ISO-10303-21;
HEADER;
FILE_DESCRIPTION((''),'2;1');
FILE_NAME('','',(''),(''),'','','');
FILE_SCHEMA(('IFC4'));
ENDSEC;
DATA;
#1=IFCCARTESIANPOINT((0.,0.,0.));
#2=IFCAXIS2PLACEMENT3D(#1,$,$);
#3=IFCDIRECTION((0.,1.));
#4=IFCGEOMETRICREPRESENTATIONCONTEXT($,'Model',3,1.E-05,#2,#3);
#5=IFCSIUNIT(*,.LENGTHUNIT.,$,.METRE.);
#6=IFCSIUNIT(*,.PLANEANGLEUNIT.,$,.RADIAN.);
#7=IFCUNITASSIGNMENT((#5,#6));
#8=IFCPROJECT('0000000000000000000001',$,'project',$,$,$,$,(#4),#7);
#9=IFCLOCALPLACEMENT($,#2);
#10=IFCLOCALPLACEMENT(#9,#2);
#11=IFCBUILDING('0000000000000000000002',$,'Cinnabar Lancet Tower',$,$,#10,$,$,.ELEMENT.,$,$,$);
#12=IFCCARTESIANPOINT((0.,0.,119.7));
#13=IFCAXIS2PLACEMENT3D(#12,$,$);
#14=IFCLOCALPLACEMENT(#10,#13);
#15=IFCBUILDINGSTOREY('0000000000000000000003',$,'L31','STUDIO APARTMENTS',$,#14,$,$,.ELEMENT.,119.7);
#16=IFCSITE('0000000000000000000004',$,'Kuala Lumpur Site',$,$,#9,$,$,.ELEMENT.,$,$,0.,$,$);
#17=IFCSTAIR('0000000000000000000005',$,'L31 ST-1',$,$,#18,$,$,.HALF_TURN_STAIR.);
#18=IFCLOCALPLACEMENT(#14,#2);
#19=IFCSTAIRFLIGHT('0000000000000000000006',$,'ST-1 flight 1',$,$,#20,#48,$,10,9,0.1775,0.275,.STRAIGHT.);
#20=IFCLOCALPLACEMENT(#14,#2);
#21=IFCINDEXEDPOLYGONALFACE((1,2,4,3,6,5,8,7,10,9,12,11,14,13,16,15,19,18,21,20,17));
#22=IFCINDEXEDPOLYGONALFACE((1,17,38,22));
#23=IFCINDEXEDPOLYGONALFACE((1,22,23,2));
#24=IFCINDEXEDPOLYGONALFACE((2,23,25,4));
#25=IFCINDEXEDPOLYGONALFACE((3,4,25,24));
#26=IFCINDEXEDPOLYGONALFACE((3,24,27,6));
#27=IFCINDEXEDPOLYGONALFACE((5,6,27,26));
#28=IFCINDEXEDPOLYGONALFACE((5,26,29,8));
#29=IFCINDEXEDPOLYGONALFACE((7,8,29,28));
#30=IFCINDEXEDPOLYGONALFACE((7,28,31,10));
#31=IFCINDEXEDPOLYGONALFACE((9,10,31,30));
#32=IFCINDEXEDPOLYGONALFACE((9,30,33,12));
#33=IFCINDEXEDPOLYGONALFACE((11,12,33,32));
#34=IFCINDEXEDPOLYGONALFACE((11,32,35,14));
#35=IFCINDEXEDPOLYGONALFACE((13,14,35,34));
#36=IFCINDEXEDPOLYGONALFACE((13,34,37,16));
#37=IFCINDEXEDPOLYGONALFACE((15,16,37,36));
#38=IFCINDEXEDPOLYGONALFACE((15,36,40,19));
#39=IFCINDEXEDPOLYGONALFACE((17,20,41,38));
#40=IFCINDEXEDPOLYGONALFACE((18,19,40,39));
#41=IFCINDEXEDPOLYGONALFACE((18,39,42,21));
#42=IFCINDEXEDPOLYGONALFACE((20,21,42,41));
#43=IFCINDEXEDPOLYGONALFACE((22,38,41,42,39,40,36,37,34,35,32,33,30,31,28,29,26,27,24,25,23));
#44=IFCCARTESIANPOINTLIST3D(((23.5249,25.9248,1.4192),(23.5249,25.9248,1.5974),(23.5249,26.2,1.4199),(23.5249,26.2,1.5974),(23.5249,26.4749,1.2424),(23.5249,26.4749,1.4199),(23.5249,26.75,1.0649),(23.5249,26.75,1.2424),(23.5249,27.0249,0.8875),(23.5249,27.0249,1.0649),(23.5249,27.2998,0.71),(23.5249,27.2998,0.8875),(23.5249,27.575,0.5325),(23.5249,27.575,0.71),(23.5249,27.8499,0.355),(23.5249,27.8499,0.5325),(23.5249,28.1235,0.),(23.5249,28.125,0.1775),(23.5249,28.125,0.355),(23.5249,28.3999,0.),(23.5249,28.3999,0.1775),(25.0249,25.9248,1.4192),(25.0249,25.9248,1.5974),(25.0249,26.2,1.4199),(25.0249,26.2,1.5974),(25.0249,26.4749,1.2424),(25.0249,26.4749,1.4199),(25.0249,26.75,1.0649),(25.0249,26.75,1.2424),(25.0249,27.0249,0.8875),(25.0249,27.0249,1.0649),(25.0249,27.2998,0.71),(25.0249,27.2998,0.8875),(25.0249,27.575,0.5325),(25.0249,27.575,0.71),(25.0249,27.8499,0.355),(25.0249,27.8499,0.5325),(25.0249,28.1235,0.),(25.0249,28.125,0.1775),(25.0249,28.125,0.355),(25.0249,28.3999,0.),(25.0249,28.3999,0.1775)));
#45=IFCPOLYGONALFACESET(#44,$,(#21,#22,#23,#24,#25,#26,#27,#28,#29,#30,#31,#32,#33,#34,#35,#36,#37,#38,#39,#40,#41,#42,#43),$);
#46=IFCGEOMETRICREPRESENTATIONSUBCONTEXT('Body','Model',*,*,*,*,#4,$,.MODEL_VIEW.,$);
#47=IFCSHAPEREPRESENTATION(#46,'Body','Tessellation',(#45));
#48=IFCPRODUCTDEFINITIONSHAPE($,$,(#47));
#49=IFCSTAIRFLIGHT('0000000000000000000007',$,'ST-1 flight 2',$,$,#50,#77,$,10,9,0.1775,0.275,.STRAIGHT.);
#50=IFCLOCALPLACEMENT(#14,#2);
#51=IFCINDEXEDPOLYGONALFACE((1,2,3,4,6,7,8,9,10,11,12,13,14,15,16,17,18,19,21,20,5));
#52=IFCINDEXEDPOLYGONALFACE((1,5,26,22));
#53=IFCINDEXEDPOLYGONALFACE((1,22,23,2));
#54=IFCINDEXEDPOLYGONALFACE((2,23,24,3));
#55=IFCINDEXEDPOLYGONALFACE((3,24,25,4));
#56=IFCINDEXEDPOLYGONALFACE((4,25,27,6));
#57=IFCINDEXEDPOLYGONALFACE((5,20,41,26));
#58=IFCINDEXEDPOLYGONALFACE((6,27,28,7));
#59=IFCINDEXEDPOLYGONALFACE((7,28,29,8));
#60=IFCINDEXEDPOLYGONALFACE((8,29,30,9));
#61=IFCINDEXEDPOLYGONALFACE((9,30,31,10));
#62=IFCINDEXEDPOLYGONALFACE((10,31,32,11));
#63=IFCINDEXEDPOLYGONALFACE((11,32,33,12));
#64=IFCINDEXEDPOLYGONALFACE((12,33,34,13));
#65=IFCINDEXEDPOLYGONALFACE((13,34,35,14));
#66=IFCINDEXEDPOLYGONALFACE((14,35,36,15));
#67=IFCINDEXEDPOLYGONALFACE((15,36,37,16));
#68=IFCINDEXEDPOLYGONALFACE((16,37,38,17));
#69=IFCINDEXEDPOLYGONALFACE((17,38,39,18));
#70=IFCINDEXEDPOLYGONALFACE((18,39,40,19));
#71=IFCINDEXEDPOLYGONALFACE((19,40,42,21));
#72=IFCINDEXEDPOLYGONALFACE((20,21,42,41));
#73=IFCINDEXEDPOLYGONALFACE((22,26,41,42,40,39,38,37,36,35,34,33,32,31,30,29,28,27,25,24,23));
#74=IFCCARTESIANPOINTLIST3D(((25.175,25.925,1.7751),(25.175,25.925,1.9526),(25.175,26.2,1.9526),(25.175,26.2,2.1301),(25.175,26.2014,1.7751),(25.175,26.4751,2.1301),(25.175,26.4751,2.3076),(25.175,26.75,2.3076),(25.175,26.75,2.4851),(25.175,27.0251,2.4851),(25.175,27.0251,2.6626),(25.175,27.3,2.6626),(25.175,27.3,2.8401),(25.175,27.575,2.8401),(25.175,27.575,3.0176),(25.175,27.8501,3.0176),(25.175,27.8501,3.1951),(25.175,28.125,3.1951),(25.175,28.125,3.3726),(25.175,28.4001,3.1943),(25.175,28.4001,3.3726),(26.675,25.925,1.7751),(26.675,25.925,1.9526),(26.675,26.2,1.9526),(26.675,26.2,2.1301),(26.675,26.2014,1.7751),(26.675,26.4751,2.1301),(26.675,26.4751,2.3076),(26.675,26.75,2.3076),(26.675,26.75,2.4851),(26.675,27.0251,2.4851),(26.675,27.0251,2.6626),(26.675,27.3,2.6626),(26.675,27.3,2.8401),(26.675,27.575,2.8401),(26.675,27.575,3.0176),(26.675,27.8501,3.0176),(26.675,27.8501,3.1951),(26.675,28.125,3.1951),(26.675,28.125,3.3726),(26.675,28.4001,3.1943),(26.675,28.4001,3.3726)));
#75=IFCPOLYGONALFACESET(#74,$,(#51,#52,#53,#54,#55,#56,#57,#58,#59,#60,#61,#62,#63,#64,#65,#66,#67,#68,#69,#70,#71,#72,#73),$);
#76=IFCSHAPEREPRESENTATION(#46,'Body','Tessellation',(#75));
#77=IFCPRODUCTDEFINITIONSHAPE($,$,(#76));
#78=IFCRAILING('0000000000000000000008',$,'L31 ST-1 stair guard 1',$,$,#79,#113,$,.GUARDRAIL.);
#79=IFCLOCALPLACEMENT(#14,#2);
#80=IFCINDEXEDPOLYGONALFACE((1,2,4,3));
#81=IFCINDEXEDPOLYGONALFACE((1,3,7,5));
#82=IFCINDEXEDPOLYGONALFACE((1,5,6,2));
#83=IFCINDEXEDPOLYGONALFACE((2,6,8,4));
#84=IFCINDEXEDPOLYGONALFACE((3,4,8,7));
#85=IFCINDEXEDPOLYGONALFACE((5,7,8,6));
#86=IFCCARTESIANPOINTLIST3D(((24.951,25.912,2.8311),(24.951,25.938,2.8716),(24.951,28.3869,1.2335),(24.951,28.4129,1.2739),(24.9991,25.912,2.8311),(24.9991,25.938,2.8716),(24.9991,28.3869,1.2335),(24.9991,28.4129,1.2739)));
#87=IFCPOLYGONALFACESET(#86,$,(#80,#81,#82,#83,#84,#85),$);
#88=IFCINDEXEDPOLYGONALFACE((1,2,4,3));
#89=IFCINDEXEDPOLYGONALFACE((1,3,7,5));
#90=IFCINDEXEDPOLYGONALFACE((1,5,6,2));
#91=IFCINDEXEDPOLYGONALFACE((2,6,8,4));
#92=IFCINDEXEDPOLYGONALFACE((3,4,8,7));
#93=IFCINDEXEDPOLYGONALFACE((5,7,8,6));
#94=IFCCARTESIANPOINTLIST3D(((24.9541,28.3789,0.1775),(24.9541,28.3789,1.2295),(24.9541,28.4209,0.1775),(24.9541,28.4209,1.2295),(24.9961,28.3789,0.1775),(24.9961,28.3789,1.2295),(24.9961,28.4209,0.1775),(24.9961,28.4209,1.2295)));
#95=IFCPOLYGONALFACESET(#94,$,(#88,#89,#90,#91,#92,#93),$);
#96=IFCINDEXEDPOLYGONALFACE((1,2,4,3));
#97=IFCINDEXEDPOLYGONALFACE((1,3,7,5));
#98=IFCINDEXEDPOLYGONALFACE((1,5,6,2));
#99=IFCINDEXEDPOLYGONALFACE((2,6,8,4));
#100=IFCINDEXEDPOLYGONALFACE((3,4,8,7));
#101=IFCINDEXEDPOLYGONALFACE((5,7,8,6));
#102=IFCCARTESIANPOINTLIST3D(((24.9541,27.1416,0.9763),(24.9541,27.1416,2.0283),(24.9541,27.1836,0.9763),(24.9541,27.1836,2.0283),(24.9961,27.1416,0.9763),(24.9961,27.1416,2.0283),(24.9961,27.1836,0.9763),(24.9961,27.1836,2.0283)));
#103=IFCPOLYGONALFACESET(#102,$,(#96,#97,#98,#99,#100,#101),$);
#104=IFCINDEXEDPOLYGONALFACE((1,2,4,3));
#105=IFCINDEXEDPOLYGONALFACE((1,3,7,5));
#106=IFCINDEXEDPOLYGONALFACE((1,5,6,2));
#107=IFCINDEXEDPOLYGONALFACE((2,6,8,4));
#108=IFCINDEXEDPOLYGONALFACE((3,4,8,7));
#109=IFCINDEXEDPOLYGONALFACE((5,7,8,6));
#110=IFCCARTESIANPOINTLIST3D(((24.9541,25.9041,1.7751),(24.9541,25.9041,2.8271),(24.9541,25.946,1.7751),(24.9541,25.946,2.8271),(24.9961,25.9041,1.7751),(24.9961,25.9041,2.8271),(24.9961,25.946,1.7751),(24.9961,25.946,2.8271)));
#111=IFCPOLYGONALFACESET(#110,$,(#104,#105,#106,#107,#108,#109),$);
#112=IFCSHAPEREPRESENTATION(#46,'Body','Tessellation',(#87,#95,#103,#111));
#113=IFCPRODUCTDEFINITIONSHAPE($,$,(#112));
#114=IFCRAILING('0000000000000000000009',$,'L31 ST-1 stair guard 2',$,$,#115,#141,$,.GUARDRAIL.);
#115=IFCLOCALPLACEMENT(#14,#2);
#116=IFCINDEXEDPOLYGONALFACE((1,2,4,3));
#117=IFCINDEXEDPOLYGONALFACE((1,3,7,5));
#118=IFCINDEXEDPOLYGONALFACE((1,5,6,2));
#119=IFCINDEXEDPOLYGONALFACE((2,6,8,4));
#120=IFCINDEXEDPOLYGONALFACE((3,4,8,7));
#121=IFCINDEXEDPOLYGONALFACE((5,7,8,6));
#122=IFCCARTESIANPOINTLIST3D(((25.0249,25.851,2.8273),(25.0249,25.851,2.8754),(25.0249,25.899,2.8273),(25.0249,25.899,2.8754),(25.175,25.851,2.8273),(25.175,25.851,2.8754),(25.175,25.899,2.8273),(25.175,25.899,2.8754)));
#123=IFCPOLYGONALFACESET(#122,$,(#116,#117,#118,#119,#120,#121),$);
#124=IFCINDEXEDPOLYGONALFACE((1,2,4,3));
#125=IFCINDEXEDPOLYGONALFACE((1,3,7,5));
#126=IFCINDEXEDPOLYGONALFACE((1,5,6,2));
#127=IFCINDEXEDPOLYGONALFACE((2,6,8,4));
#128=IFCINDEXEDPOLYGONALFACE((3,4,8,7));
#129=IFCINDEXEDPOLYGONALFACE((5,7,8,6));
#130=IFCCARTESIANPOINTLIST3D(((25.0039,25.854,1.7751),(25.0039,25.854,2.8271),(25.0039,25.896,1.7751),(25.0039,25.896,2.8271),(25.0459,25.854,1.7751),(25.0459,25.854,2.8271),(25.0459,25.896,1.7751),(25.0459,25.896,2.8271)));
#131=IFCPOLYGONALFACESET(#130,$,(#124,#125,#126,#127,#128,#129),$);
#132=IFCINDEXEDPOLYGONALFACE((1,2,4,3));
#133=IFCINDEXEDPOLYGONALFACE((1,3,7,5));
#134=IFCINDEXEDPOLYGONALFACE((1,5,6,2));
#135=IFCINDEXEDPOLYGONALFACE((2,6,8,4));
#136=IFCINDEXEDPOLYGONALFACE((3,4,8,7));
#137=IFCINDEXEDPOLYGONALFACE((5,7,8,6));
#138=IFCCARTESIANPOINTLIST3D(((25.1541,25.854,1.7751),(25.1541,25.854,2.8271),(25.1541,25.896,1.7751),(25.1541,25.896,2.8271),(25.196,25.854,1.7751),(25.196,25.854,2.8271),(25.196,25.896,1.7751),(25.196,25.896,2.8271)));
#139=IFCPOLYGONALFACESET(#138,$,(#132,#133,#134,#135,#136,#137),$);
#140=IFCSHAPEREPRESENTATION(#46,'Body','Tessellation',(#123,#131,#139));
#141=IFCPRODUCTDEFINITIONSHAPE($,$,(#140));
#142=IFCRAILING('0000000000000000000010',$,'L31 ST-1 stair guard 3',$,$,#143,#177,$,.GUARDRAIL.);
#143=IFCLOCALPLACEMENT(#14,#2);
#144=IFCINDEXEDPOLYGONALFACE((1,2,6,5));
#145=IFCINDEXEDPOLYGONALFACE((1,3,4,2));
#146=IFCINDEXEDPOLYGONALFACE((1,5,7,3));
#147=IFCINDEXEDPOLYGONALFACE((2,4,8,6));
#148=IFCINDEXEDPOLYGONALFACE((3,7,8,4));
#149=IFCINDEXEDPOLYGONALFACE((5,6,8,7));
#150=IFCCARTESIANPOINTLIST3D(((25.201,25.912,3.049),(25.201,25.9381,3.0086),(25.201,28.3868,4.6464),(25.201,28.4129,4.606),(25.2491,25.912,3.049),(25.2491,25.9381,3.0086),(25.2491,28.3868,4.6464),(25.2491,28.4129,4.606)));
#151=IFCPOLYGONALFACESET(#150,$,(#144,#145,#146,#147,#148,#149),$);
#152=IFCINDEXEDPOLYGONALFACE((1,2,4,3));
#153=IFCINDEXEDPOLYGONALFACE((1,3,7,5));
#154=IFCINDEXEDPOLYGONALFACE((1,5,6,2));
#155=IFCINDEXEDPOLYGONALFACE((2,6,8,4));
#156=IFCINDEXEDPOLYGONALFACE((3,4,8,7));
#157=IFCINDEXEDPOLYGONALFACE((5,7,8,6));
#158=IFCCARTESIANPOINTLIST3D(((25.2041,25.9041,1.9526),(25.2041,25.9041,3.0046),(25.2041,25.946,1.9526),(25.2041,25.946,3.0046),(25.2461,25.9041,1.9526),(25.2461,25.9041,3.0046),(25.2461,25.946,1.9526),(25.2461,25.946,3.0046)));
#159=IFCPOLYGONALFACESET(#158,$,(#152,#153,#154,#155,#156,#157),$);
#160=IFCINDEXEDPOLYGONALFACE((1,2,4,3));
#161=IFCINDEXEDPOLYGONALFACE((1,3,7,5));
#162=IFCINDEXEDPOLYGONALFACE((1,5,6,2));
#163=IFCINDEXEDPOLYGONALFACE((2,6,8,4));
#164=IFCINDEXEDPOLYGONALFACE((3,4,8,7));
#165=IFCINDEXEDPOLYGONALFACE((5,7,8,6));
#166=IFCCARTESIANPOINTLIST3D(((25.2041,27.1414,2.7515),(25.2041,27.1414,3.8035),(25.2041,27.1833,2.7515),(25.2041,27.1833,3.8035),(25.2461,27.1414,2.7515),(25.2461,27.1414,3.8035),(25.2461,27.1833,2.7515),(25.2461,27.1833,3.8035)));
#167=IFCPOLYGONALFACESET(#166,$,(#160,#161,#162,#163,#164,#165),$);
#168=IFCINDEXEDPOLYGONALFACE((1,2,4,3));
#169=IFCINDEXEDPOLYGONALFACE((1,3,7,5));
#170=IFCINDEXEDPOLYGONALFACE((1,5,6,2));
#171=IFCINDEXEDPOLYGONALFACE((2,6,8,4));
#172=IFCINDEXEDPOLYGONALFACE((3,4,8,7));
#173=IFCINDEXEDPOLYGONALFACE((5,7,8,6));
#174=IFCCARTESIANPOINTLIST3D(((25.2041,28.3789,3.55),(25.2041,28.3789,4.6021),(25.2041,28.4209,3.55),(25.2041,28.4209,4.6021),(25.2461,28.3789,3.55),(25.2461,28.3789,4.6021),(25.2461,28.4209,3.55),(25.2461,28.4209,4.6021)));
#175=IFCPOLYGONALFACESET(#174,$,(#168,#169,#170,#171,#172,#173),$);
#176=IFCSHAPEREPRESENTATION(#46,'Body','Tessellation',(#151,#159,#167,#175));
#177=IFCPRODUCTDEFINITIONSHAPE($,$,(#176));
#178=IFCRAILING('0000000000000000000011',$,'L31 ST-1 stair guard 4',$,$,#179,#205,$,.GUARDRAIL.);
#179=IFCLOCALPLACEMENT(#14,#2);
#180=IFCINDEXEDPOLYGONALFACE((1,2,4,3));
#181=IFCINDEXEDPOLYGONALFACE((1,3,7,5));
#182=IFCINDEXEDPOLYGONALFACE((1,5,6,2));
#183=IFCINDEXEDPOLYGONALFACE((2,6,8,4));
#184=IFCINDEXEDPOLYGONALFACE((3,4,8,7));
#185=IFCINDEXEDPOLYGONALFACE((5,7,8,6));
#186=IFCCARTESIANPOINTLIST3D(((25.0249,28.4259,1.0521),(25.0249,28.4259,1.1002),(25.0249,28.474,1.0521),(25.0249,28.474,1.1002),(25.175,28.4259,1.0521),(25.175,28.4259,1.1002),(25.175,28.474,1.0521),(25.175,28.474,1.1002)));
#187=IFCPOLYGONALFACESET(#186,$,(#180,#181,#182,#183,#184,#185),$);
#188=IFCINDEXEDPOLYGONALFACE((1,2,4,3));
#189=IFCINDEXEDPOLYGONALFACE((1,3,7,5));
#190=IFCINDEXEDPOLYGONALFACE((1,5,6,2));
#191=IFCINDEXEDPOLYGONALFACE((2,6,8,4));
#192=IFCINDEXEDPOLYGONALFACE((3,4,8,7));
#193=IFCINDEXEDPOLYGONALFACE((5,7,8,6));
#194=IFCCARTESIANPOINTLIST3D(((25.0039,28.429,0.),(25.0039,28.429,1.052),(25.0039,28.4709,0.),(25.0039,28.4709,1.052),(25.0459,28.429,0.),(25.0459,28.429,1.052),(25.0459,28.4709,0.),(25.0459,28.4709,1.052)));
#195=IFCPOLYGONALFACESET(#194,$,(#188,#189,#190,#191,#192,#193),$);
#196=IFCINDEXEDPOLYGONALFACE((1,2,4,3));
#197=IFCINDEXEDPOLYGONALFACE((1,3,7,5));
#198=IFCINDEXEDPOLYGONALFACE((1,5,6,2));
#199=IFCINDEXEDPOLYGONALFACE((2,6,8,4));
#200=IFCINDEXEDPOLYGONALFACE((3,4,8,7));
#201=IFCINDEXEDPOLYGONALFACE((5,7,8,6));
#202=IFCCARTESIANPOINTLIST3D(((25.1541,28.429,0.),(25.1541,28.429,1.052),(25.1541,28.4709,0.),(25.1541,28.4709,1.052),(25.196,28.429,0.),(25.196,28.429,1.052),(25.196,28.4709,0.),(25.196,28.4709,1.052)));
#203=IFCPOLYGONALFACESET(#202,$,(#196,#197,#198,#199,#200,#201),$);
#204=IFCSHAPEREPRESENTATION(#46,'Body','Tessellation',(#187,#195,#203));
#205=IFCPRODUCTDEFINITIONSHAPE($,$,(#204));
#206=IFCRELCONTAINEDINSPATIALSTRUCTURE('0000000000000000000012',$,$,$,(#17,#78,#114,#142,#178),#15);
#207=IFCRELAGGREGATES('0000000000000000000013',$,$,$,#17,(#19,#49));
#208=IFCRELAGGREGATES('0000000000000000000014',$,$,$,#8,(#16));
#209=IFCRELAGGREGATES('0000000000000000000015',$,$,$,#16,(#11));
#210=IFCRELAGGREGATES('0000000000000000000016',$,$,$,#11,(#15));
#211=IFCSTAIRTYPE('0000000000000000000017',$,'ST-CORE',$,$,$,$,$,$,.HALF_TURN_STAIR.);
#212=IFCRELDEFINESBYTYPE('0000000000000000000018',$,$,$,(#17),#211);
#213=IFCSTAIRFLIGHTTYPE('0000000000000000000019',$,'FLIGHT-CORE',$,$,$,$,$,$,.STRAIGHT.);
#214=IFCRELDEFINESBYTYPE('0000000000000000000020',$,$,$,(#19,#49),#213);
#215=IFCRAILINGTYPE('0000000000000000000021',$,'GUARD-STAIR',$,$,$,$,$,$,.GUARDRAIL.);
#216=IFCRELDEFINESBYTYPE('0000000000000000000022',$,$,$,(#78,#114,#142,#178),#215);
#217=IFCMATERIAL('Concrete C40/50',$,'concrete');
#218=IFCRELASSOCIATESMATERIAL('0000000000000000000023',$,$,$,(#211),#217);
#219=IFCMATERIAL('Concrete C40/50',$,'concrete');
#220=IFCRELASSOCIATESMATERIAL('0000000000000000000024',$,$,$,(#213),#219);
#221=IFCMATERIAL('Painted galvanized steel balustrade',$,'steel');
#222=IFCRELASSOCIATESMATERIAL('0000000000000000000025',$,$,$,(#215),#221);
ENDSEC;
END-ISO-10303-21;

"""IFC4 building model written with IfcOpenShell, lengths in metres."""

from ifc_helpers import new_model, si_unit, direction, frame, origin, origin_2d, place, context, subcontext, project, spatial, polyline, rectangle, outline, extrude, material, type_object, element, aggregate, save


model = new_model("IFC4")

# Units and contexts
model_context = context("Model", 3, precision=1e-05, world=origin(), true_north=direction((0.0, 1.0)))
body_context = subcontext(model_context, "Body", "Model", "MODEL_VIEW")
ifc_project = project(units=[si_unit("LENGTHUNIT", "METRE"), si_unit("PLANEANGLEUNIT", "RADIAN")], contexts=[model_context])

# Site, building, storey
site_placement = place(None, origin())
site = spatial("IfcSite", under=ifc_project, at=site_placement, Name="Kuala Lumpur Site", CompositionType="ELEMENT", RefElevation=0.0)
building_placement = place(site_placement, origin())
building = spatial("IfcBuilding", under=site, at=building_placement, Name="Cinnabar Lancet Tower", CompositionType="ELEMENT")
storey_placement = place(building_placement, frame((0.0, 0.0, 119.7)))
storey = spatial("IfcBuildingStorey", under=building, at=storey_placement, Name="L31", Description="STUDIO APARTMENTS", CompositionType="ELEMENT", Elevation=119.7)

# Stair, stair flights
ifc_material_1 = material(Name="Concrete C40/50", Category="concrete")
stair_type = type_object("IfcStairType", Name="ST-CORE", PredefinedType="HALF_TURN_STAIR", material=ifc_material_1)
stair_placement = place(storey_placement, origin())
stair = element("IfcStair", 1, at=stair_placement, inside=storey, type_object=stair_type, Name="L31 ST-1", PredefinedType="HALF_TURN_STAIR")
ifc_material_2 = material(Name="Concrete C40/50", Category="concrete")
stair_flight_type = type_object("IfcStairFlightType", Name="FLIGHT-CORE", PredefinedType="STRAIGHT", material=ifc_material_2)
stair_flight_1_placement = place(storey_placement, frame((24.2749, 28.3999, 0.0), z_axis=(0.0, 0.0, 1.0), x_axis=(0.0, -1.0, 0.0)))
stair_flight_1 = element("IfcStairFlight", 2, at=stair_flight_1_placement, type_object=stair_flight_type, Name="ST-1 flight 1", NumberOfRisers=10, NumberOfTreads=9, PredefinedType="STRAIGHT", RiserHeight=0.1775, TreadLength=0.275, context=body_context, shape_type="SweptSolid", body=[
    extrude(outline(polyline([(0.0, 0.0), (0.0, 0.1775), (0.2749, 0.1775), (0.2749, 0.355), (0.55, 0.355), (0.55, 0.5325), (0.825, 0.5325), (0.825, 0.71), (1.1001, 0.71), (1.1001, 0.8875), (1.375, 0.8875), (1.375, 1.0649), (1.6499, 1.0649), (1.6499, 1.2424), (1.925, 1.2424), (1.925, 1.4199), (2.2, 1.4199), (2.2, 1.5974), (2.4751, 1.5974), (2.4751, 1.7749), (2.4751, 1.4192), (0.2764, 0.0), (0.0, 0.0)])), frame((0.0, 0.75, 0.0), z_axis=(0.0, -1.0, 0.0), x_axis=(1.0, 0.0, 0.0)), (0.0, 0.0, 1.0), 1.5),
])
stair_flight_2_placement = place(storey_placement, frame((25.925, 25.925, 1.7751), z_axis=(0.0, 0.0, 1.0), x_axis=(0.0, 1.0, 0.0)))
stair_flight_2 = element("IfcStairFlight", 3, at=stair_flight_2_placement, type_object=stair_flight_type, Name="ST-1 flight 2", NumberOfRisers=10, NumberOfTreads=9, PredefinedType="STRAIGHT", RiserHeight=0.1775, TreadLength=0.275, context=body_context, shape_type="SweptSolid", body=[
    extrude(outline(polyline([(0.0, 0.0), (0.0, 0.1775), (0.2749, 0.1775), (0.2749, 0.355), (0.55, 0.355), (0.55, 0.5325), (0.825, 0.5325), (0.825, 0.71), (1.1001, 0.71), (1.1001, 0.8875), (1.375, 0.8875), (1.375, 1.0649), (1.6499, 1.0649), (1.6499, 1.2424), (1.925, 1.2424), (1.925, 1.4199), (2.2, 1.4199), (2.2, 1.5974), (2.4751, 1.5974), (2.4751, 1.7749), (2.4751, 1.4192), (0.2764, 0.0), (0.0, 0.0)])), frame((0.0, 0.75, 0.0), z_axis=(0.0, -1.0, 0.0), x_axis=(1.0, 0.0, 0.0)), (0.0, 0.0, 1.0), 1.5),
])
aggregate(stair, [stair_flight_1, stair_flight_2])

# Railings
ifc_material_3 = material(Name="Painted galvanized steel balustrade", Category="steel")
railing_type_1 = type_object("IfcRailingType", Name="GUARD-STAIR", PredefinedType="GUARDRAIL", material=ifc_material_3)
railing_1_placement = place(storey_placement, frame((24.9751, 28.3999, 0.1775)))
element("IfcRailing", 4, at=railing_1_placement, inside=storey, type_object=railing_type_1, Name="L31 ST-1 stair guard 1", PredefinedType="GUARDRAIL", context=body_context, shape_type="SweptSolid", body=[
    extrude(rectangle(XDim=0.0481, YDim=0.0481, at=origin_2d()), frame((0.0, 0.0, 1.0762), z_axis=(0.0, -0.840146, 0.542361), x_axis=(1.0, 0.0, 0.0)), (0.0, 0.0, 1.0), 2.9458),
    extrude(rectangle(XDim=0.042, YDim=0.042, at=origin_2d()), origin(), (0.0, 0.0, 1.0), 1.052),
    extrude(rectangle(XDim=0.042, YDim=0.042, at=origin_2d()), frame((0.0, -1.2373, 0.7988)), (0.0, 0.0, 1.0), 1.052),
    extrude(rectangle(XDim=0.042, YDim=0.042, at=origin_2d()), frame((0.0, -2.4749, 1.5977)), (0.0, 0.0, 1.0), 1.052),
])
railing_2_placement = place(storey_placement, frame((25.0249, 25.875, 1.7751)))
element("IfcRailing", 5, at=railing_2_placement, inside=storey, type_object=railing_type_1, Name="L31 ST-1 stair guard 2", PredefinedType="GUARDRAIL", context=body_context, shape_type="SweptSolid", body=[
    extrude(rectangle(XDim=0.0481, YDim=0.0481, at=origin_2d()), frame((0.0, 0.0, 1.0762), z_axis=(1.0, 0.0, 0.0), x_axis=(0.0, 1.0, 0.0)), (0.0, 0.0, 1.0), 0.1501),
    extrude(rectangle(XDim=0.042, YDim=0.042, at=origin_2d()), origin(), (0.0, 0.0, 1.0), 1.052),
    extrude(rectangle(XDim=0.042, YDim=0.042, at=origin_2d()), frame((0.1501, 0.0, 0.0)), (0.0, 0.0, 1.0), 1.052),
])
railing_3_placement = place(storey_placement, frame((25.2251, 25.925, 1.9526)))
element("IfcRailing", 6, at=railing_3_placement, inside=storey, type_object=railing_type_1, Name="L31 ST-1 stair guard 3", PredefinedType="GUARDRAIL", context=body_context, shape_type="SweptSolid", body=[
    extrude(rectangle(XDim=0.0481, YDim=0.0481, at=origin_2d()), frame((0.0, 0.0, 1.0762), z_axis=(0.0, 0.840183, 0.542302), x_axis=(-1.0, 0.0, 0.0)), (0.0, 0.0, 1.0), 2.9456),
    extrude(rectangle(XDim=0.042, YDim=0.042, at=origin_2d()), origin(), (0.0, 0.0, 1.0), 1.052),
    extrude(rectangle(XDim=0.042, YDim=0.042, at=origin_2d()), frame((0.0, 1.2373, 0.7988)), (0.0, 0.0, 1.0), 1.052),
    extrude(rectangle(XDim=0.042, YDim=0.042, at=origin_2d()), frame((0.0, 2.4749, 1.5974)), (0.0, 0.0, 1.0), 1.052),
])
railing_4_placement = place(storey_placement, frame((25.0249, 28.45, 0.0)))
element("IfcRailing", 7, at=railing_4_placement, inside=storey, type_object=railing_type_1, Name="L31 ST-1 stair guard 4", PredefinedType="GUARDRAIL", context=body_context, shape_type="SweptSolid", body=[
    extrude(rectangle(XDim=0.0481, YDim=0.0481, at=origin_2d()), frame((0.0, 0.0, 1.0762), z_axis=(1.0, 0.0, 0.0), x_axis=(0.0, 1.0, 0.0)), (0.0, 0.0, 1.0), 0.1501),
    extrude(rectangle(XDim=0.042, YDim=0.042, at=origin_2d()), origin(), (0.0, 0.0, 1.0), 1.052),
    extrude(rectangle(XDim=0.042, YDim=0.042, at=origin_2d()), frame((0.1501, 0.0, 0.0)), (0.0, 0.0, 1.0), 1.052),
])

save(model, "model.ifc")
